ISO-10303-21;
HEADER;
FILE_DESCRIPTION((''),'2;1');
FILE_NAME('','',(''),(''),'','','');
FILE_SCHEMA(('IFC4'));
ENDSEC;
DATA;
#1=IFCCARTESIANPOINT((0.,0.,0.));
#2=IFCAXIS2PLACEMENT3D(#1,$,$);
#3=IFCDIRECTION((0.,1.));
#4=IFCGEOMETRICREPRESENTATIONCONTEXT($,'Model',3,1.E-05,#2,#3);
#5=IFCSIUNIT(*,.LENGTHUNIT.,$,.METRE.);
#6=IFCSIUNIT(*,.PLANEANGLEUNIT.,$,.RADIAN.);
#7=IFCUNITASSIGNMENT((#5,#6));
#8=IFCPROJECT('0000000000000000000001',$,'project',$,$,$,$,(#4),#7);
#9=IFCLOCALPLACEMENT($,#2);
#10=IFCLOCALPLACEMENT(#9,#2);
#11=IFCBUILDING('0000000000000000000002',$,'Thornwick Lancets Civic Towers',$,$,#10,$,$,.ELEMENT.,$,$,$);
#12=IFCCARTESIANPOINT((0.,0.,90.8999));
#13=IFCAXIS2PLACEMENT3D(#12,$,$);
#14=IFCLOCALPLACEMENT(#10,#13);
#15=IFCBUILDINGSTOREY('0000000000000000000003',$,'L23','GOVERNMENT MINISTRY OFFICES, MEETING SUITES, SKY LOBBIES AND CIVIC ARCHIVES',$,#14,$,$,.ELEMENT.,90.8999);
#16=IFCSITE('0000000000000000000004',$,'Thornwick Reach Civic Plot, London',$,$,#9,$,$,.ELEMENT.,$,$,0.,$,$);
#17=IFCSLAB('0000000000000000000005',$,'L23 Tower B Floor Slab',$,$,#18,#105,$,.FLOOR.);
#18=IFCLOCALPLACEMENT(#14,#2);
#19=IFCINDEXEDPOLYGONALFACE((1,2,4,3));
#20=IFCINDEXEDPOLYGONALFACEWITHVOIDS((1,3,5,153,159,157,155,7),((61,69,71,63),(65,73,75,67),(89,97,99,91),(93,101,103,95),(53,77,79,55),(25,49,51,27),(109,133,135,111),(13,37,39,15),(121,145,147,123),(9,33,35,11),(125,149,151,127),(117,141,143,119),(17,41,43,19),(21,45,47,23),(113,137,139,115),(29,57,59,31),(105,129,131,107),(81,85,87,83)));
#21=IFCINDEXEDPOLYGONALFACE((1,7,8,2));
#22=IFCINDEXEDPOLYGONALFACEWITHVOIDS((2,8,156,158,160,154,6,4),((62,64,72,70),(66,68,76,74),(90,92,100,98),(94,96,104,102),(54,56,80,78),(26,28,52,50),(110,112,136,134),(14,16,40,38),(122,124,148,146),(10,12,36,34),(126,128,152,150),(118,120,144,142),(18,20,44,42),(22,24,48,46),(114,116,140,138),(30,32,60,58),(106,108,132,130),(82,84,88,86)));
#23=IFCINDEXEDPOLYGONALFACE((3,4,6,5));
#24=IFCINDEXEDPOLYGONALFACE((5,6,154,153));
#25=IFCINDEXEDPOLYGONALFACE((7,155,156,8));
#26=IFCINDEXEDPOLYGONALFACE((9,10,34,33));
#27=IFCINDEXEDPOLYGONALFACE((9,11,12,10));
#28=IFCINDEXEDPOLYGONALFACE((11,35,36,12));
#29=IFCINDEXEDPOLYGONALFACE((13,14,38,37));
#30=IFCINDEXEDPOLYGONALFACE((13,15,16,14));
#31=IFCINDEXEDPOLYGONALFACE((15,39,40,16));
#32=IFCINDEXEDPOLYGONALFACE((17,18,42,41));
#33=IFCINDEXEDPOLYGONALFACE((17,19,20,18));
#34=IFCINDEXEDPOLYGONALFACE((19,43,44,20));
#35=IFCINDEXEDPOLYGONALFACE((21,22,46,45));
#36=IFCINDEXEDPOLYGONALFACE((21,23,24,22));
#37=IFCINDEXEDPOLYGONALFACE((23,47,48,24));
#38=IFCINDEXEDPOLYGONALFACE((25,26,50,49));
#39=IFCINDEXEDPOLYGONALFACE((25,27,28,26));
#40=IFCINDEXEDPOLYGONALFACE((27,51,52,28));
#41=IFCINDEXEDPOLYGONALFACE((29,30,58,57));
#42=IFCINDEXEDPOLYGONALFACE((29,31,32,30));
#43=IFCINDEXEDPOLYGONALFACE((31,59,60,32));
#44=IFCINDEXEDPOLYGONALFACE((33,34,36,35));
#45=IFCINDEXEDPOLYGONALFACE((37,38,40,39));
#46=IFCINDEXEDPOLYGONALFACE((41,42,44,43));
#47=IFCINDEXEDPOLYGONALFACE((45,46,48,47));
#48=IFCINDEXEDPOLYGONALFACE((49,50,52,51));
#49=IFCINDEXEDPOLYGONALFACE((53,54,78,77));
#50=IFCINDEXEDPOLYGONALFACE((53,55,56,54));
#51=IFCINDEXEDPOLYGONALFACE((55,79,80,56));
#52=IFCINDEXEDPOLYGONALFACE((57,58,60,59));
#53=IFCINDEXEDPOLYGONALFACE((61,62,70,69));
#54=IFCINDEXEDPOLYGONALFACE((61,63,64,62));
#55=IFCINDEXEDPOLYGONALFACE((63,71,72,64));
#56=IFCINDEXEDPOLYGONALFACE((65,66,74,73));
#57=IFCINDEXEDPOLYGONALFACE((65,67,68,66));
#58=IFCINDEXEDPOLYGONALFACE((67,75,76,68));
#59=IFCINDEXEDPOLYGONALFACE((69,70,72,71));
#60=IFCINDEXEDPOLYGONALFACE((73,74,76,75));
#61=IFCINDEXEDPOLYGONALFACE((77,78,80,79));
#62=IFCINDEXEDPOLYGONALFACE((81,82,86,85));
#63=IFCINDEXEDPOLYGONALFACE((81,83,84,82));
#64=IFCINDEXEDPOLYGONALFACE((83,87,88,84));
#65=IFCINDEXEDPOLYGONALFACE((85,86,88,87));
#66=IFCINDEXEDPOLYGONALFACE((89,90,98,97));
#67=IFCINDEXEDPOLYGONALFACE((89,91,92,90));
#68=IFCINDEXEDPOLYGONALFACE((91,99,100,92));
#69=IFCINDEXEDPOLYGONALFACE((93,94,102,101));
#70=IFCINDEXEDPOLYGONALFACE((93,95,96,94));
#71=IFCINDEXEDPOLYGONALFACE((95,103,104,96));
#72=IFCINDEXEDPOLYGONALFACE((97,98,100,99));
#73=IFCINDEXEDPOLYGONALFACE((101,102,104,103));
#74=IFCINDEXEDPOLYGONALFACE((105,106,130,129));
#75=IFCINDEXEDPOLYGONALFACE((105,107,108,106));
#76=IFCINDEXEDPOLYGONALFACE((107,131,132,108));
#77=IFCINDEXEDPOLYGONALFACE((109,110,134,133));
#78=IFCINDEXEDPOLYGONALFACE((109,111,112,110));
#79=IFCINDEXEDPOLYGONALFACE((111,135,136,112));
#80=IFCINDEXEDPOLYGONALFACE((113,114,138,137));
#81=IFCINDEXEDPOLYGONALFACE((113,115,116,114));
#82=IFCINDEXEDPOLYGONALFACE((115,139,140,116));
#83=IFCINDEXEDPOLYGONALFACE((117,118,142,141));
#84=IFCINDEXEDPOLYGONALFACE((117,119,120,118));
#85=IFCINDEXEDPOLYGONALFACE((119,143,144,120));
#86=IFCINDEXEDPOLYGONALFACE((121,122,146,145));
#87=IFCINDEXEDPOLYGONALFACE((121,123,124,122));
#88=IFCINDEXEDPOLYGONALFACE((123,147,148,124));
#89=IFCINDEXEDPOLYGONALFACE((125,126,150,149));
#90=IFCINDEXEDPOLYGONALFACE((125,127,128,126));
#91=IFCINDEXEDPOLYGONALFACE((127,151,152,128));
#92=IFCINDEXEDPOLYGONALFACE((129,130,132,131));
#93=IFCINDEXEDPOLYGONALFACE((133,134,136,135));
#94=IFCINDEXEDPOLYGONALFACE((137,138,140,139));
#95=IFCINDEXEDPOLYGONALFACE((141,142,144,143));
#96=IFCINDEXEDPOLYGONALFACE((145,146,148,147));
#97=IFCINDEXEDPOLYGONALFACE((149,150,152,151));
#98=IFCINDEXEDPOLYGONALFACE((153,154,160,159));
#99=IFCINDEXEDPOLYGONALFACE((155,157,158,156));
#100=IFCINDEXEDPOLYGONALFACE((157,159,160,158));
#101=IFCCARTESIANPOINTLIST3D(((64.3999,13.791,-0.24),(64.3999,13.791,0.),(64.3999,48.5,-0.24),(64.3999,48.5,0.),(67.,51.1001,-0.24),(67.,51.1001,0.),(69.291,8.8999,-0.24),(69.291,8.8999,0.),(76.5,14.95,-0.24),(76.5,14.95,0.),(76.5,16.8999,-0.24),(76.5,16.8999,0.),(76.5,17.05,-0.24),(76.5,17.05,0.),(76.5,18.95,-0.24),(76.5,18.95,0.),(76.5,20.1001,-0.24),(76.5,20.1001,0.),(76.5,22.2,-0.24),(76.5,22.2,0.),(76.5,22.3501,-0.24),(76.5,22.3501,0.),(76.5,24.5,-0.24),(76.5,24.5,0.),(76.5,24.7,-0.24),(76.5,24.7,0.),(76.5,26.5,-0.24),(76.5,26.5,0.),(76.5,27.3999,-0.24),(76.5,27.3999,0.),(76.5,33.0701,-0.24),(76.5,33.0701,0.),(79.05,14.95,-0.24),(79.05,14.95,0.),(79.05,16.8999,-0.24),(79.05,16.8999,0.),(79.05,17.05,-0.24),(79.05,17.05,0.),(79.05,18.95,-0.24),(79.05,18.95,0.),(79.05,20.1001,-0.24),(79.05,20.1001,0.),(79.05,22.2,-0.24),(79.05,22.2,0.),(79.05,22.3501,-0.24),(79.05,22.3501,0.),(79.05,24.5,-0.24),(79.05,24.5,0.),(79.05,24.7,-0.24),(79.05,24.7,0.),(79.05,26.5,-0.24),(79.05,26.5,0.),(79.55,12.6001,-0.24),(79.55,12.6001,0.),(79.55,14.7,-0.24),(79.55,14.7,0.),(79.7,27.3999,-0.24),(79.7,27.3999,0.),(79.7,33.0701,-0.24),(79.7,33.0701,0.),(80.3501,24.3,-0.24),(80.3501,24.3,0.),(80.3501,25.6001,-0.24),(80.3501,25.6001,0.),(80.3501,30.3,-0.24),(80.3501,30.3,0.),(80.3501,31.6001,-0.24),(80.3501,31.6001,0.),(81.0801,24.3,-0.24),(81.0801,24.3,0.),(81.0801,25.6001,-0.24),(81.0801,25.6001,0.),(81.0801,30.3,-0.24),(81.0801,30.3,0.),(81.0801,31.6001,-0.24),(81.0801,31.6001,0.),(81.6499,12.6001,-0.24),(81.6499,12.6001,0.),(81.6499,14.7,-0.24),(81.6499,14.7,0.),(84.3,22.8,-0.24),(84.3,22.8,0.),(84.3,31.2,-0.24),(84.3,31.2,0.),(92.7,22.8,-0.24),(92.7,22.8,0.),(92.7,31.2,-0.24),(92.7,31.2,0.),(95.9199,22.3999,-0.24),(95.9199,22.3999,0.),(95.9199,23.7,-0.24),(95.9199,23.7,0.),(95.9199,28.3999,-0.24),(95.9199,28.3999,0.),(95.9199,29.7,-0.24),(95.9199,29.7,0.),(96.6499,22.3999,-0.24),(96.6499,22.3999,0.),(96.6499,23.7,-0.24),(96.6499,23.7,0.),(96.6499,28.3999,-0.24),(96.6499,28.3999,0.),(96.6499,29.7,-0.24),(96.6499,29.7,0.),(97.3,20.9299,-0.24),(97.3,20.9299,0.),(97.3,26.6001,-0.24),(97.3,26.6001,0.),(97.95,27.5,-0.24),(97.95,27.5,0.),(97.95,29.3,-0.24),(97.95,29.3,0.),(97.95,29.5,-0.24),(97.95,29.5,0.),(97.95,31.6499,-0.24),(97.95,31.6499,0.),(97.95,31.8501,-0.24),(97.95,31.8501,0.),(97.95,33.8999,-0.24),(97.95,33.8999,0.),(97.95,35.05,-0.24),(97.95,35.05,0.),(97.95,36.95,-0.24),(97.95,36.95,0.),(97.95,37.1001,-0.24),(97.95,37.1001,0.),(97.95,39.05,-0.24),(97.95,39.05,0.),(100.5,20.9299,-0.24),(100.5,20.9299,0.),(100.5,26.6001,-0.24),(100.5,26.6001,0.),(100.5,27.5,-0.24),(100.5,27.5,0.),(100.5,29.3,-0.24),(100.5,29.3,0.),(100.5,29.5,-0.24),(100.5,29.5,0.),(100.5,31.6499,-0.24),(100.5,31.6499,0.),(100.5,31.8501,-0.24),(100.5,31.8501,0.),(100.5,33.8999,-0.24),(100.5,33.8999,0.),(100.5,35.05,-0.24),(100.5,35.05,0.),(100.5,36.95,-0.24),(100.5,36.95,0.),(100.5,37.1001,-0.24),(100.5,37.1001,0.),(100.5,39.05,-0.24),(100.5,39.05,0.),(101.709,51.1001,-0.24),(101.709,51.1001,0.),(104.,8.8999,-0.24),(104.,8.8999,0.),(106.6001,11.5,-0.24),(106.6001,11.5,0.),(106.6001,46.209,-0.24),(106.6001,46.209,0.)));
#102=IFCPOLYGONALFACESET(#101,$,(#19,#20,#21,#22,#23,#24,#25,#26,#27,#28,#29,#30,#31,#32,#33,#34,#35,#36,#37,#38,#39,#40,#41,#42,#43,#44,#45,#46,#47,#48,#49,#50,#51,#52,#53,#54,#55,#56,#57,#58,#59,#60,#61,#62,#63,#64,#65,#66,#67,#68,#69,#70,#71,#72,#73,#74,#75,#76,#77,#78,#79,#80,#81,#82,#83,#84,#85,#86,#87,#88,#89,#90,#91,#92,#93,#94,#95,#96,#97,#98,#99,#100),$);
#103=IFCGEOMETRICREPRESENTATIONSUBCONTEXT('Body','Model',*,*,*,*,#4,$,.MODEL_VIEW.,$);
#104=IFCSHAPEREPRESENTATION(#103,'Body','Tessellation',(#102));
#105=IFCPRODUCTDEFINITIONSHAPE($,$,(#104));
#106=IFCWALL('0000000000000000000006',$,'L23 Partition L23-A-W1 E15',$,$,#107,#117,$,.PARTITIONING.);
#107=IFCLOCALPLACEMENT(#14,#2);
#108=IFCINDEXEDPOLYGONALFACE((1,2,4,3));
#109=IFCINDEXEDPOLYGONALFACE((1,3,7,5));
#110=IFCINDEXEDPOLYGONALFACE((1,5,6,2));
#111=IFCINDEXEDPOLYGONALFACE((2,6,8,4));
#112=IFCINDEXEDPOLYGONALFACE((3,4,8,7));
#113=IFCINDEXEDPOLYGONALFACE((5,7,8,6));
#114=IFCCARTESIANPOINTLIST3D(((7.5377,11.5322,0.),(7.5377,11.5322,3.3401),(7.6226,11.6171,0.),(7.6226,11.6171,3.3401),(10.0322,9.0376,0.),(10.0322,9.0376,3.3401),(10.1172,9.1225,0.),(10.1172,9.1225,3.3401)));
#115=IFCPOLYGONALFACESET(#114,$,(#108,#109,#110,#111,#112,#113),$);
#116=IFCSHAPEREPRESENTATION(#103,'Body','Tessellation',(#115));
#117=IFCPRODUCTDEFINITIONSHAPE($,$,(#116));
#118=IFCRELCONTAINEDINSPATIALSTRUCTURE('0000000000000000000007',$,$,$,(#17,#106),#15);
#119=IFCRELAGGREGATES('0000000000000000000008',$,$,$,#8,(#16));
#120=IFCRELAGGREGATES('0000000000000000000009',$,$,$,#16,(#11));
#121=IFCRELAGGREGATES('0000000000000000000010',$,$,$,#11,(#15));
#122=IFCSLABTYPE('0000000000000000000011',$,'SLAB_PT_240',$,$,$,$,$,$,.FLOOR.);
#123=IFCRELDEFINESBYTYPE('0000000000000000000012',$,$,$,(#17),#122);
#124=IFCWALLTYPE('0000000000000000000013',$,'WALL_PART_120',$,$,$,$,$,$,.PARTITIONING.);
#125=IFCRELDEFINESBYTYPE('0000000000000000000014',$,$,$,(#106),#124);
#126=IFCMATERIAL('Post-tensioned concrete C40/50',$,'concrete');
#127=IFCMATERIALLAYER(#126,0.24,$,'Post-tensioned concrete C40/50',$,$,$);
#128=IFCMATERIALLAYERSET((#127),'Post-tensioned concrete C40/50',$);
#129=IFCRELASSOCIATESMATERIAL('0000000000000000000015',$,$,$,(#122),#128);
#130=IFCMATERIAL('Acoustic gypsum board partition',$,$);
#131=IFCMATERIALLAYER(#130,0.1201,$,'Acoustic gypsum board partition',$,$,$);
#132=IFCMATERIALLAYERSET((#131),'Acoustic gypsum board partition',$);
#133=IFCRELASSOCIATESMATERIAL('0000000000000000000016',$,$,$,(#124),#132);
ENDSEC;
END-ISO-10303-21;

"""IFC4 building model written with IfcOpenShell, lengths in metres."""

from ifc_helpers import new_model, si_unit, direction, frame, frame_2d, origin, place, context, subcontext, project, spatial, polyline, rectangle, outline, extrude, material, layer, layer_set, type_object, element, save


model = new_model("IFC4")

# Units and contexts
model_context = context("Model", 3, precision=1e-05, world=origin(), true_north=direction((0.0, 1.0)))
body_context = subcontext(model_context, "Body", "Model", "MODEL_VIEW")
ifc_project = project(units=[si_unit("LENGTHUNIT", "METRE"), si_unit("PLANEANGLEUNIT", "RADIAN")], contexts=[model_context])

# Site, building, storey
site_placement = place(None, origin())
site = spatial("IfcSite", under=ifc_project, at=site_placement, Name="Thornwick Reach Civic Plot, London", CompositionType="ELEMENT", RefElevation=0.0)
building_placement = place(site_placement, origin())
building = spatial("IfcBuilding", under=site, at=building_placement, Name="Thornwick Lancets Civic Towers", CompositionType="ELEMENT")
storey_placement = place(building_placement, frame((0.0, 0.0, 90.8999)))
storey = spatial("IfcBuildingStorey", under=building, at=storey_placement, Name="L23", Description="GOVERNMENT MINISTRY OFFICES, MEETING SUITES, SKY LOBBIES AND CIVIC ARCHIVES", CompositionType="ELEMENT", Elevation=90.8999)

# Shared definitions
ifc_material_1 = material(Name="Post-tensioned concrete C40/50", Category="concrete")

# Slab
ifc_layer_1 = layer(ifc_material_1, 0.24, Name="Post-tensioned concrete C40/50")
ifc_layer_set_1 = layer_set([ifc_layer_1], Name="Post-tensioned concrete C40/50")
slab_type_1 = type_object("IfcSlabType", Name="SLAB_PT_240", PredefinedType="FLOOR", material=ifc_layer_set_1)
slab_1_placement = place(storey_placement, frame((0.0, 0.0, -0.24)))
element("IfcSlab", 1, at=slab_1_placement, inside=storey, type_object=slab_type_1, Name="L23 Tower B Floor Slab", PredefinedType="FLOOR", context=body_context, shape_type="SweptSolid", body=[
    extrude(outline(polyline([(69.291, 8.8999), (104.0, 8.8999), (106.6001, 11.5), (106.6001, 46.209), (101.709, 51.1001), (67.0, 51.1001), (64.3999, 48.5), (64.3999, 13.791), (69.291, 8.8999)]), holes=[polyline([(84.3, 22.8), (92.7, 22.8), (92.7, 31.2), (84.3, 31.2), (84.3, 22.8)]), polyline([(100.5, 20.9299), (100.5, 26.6001), (97.3, 26.6001), (97.3, 20.9299), (100.5, 20.9299)]), polyline([(76.5, 33.0701), (76.5, 27.3999), (79.7, 27.3999), (79.7, 33.0701), (76.5, 33.0701)]), polyline([(97.95, 27.5), (100.5, 27.5), (100.5, 29.3), (97.95, 29.3), (97.95, 27.5)]), polyline([(97.95, 29.5), (100.5, 29.5), (100.5, 31.6499), (97.95, 31.6499), (97.95, 29.5)]), polyline([(97.95, 31.8501), (100.5, 31.8501), (100.5, 33.8999), (97.95, 33.8999), (97.95, 31.8501)]), polyline([(97.95, 35.05), (100.5, 35.05), (100.5, 36.95), (97.95, 36.95), (97.95, 35.05)]), polyline([(97.95, 37.1001), (100.5, 37.1001), (100.5, 39.05), (97.95, 39.05), (97.95, 37.1001)]), polyline([(76.5, 24.7), (79.05, 24.7), (79.05, 26.5), (76.5, 26.5), (76.5, 24.7)]), polyline([(76.5, 22.3501), (79.05, 22.3501), (79.05, 24.5), (76.5, 24.5), (76.5, 22.3501)]), polyline([(76.5, 20.1001), (79.05, 20.1001), (79.05, 22.2), (76.5, 22.2), (76.5, 20.1001)]), polyline([(76.5, 17.05), (79.05, 17.05), (79.05, 18.95), (76.5, 18.95), (76.5, 17.05)]), polyline([(76.5, 14.95), (79.05, 14.95), (79.05, 16.8999), (76.5, 16.8999), (76.5, 14.95)]), polyline([(79.55, 12.6001), (81.6499, 12.6001), (81.6499, 14.7), (79.55, 14.7), (79.55, 12.6001)]), polyline([(95.9199, 28.3999), (96.6499, 28.3999), (96.6499, 29.7), (95.9199, 29.7), (95.9199, 28.3999)]), polyline([(95.9199, 22.3999), (96.6499, 22.3999), (96.6499, 23.7), (95.9199, 23.7), (95.9199, 22.3999)]), polyline([(80.3501, 24.3), (81.0801, 24.3), (81.0801, 25.6001), (80.3501, 25.6001), (80.3501, 24.3)]), polyline([(80.3501, 30.3), (81.0801, 30.3), (81.0801, 31.6001), (80.3501, 31.6001), (80.3501, 30.3)])]), origin(), (0.0, 0.0, 1.0), 0.24),
])

# Wall
ifc_material_2 = material(Name="Acoustic gypsum board partition")
ifc_layer_2 = layer(ifc_material_2, 0.1201, Name="Acoustic gypsum board partition")
ifc_layer_set_2 = layer_set([ifc_layer_2], Name="Acoustic gypsum board partition")
wall_type = type_object("IfcWallType", Name="WALL_PART_120", PredefinedType="PARTITIONING", material=ifc_layer_set_2)
wall_placement = place(storey_placement, frame((10.0747, 9.0801, 0.0), z_axis=(0.0, 0.0, 1.0), x_axis=(-0.707107, 0.707107, 0.0)))
element("IfcWall", 2, at=wall_placement, inside=storey, type_object=wall_type, Name="L23 Partition L23-A-W1 E15", PredefinedType="PARTITIONING", context=body_context, shape_type="SweptSolid", body=[
    extrude(rectangle(XDim=3.5278, YDim=0.1201, at=frame_2d((1.7639, 0.0))), origin(), (0.0, 0.0, 1.0), 3.3401),
])

save(model, "model.ifc")
